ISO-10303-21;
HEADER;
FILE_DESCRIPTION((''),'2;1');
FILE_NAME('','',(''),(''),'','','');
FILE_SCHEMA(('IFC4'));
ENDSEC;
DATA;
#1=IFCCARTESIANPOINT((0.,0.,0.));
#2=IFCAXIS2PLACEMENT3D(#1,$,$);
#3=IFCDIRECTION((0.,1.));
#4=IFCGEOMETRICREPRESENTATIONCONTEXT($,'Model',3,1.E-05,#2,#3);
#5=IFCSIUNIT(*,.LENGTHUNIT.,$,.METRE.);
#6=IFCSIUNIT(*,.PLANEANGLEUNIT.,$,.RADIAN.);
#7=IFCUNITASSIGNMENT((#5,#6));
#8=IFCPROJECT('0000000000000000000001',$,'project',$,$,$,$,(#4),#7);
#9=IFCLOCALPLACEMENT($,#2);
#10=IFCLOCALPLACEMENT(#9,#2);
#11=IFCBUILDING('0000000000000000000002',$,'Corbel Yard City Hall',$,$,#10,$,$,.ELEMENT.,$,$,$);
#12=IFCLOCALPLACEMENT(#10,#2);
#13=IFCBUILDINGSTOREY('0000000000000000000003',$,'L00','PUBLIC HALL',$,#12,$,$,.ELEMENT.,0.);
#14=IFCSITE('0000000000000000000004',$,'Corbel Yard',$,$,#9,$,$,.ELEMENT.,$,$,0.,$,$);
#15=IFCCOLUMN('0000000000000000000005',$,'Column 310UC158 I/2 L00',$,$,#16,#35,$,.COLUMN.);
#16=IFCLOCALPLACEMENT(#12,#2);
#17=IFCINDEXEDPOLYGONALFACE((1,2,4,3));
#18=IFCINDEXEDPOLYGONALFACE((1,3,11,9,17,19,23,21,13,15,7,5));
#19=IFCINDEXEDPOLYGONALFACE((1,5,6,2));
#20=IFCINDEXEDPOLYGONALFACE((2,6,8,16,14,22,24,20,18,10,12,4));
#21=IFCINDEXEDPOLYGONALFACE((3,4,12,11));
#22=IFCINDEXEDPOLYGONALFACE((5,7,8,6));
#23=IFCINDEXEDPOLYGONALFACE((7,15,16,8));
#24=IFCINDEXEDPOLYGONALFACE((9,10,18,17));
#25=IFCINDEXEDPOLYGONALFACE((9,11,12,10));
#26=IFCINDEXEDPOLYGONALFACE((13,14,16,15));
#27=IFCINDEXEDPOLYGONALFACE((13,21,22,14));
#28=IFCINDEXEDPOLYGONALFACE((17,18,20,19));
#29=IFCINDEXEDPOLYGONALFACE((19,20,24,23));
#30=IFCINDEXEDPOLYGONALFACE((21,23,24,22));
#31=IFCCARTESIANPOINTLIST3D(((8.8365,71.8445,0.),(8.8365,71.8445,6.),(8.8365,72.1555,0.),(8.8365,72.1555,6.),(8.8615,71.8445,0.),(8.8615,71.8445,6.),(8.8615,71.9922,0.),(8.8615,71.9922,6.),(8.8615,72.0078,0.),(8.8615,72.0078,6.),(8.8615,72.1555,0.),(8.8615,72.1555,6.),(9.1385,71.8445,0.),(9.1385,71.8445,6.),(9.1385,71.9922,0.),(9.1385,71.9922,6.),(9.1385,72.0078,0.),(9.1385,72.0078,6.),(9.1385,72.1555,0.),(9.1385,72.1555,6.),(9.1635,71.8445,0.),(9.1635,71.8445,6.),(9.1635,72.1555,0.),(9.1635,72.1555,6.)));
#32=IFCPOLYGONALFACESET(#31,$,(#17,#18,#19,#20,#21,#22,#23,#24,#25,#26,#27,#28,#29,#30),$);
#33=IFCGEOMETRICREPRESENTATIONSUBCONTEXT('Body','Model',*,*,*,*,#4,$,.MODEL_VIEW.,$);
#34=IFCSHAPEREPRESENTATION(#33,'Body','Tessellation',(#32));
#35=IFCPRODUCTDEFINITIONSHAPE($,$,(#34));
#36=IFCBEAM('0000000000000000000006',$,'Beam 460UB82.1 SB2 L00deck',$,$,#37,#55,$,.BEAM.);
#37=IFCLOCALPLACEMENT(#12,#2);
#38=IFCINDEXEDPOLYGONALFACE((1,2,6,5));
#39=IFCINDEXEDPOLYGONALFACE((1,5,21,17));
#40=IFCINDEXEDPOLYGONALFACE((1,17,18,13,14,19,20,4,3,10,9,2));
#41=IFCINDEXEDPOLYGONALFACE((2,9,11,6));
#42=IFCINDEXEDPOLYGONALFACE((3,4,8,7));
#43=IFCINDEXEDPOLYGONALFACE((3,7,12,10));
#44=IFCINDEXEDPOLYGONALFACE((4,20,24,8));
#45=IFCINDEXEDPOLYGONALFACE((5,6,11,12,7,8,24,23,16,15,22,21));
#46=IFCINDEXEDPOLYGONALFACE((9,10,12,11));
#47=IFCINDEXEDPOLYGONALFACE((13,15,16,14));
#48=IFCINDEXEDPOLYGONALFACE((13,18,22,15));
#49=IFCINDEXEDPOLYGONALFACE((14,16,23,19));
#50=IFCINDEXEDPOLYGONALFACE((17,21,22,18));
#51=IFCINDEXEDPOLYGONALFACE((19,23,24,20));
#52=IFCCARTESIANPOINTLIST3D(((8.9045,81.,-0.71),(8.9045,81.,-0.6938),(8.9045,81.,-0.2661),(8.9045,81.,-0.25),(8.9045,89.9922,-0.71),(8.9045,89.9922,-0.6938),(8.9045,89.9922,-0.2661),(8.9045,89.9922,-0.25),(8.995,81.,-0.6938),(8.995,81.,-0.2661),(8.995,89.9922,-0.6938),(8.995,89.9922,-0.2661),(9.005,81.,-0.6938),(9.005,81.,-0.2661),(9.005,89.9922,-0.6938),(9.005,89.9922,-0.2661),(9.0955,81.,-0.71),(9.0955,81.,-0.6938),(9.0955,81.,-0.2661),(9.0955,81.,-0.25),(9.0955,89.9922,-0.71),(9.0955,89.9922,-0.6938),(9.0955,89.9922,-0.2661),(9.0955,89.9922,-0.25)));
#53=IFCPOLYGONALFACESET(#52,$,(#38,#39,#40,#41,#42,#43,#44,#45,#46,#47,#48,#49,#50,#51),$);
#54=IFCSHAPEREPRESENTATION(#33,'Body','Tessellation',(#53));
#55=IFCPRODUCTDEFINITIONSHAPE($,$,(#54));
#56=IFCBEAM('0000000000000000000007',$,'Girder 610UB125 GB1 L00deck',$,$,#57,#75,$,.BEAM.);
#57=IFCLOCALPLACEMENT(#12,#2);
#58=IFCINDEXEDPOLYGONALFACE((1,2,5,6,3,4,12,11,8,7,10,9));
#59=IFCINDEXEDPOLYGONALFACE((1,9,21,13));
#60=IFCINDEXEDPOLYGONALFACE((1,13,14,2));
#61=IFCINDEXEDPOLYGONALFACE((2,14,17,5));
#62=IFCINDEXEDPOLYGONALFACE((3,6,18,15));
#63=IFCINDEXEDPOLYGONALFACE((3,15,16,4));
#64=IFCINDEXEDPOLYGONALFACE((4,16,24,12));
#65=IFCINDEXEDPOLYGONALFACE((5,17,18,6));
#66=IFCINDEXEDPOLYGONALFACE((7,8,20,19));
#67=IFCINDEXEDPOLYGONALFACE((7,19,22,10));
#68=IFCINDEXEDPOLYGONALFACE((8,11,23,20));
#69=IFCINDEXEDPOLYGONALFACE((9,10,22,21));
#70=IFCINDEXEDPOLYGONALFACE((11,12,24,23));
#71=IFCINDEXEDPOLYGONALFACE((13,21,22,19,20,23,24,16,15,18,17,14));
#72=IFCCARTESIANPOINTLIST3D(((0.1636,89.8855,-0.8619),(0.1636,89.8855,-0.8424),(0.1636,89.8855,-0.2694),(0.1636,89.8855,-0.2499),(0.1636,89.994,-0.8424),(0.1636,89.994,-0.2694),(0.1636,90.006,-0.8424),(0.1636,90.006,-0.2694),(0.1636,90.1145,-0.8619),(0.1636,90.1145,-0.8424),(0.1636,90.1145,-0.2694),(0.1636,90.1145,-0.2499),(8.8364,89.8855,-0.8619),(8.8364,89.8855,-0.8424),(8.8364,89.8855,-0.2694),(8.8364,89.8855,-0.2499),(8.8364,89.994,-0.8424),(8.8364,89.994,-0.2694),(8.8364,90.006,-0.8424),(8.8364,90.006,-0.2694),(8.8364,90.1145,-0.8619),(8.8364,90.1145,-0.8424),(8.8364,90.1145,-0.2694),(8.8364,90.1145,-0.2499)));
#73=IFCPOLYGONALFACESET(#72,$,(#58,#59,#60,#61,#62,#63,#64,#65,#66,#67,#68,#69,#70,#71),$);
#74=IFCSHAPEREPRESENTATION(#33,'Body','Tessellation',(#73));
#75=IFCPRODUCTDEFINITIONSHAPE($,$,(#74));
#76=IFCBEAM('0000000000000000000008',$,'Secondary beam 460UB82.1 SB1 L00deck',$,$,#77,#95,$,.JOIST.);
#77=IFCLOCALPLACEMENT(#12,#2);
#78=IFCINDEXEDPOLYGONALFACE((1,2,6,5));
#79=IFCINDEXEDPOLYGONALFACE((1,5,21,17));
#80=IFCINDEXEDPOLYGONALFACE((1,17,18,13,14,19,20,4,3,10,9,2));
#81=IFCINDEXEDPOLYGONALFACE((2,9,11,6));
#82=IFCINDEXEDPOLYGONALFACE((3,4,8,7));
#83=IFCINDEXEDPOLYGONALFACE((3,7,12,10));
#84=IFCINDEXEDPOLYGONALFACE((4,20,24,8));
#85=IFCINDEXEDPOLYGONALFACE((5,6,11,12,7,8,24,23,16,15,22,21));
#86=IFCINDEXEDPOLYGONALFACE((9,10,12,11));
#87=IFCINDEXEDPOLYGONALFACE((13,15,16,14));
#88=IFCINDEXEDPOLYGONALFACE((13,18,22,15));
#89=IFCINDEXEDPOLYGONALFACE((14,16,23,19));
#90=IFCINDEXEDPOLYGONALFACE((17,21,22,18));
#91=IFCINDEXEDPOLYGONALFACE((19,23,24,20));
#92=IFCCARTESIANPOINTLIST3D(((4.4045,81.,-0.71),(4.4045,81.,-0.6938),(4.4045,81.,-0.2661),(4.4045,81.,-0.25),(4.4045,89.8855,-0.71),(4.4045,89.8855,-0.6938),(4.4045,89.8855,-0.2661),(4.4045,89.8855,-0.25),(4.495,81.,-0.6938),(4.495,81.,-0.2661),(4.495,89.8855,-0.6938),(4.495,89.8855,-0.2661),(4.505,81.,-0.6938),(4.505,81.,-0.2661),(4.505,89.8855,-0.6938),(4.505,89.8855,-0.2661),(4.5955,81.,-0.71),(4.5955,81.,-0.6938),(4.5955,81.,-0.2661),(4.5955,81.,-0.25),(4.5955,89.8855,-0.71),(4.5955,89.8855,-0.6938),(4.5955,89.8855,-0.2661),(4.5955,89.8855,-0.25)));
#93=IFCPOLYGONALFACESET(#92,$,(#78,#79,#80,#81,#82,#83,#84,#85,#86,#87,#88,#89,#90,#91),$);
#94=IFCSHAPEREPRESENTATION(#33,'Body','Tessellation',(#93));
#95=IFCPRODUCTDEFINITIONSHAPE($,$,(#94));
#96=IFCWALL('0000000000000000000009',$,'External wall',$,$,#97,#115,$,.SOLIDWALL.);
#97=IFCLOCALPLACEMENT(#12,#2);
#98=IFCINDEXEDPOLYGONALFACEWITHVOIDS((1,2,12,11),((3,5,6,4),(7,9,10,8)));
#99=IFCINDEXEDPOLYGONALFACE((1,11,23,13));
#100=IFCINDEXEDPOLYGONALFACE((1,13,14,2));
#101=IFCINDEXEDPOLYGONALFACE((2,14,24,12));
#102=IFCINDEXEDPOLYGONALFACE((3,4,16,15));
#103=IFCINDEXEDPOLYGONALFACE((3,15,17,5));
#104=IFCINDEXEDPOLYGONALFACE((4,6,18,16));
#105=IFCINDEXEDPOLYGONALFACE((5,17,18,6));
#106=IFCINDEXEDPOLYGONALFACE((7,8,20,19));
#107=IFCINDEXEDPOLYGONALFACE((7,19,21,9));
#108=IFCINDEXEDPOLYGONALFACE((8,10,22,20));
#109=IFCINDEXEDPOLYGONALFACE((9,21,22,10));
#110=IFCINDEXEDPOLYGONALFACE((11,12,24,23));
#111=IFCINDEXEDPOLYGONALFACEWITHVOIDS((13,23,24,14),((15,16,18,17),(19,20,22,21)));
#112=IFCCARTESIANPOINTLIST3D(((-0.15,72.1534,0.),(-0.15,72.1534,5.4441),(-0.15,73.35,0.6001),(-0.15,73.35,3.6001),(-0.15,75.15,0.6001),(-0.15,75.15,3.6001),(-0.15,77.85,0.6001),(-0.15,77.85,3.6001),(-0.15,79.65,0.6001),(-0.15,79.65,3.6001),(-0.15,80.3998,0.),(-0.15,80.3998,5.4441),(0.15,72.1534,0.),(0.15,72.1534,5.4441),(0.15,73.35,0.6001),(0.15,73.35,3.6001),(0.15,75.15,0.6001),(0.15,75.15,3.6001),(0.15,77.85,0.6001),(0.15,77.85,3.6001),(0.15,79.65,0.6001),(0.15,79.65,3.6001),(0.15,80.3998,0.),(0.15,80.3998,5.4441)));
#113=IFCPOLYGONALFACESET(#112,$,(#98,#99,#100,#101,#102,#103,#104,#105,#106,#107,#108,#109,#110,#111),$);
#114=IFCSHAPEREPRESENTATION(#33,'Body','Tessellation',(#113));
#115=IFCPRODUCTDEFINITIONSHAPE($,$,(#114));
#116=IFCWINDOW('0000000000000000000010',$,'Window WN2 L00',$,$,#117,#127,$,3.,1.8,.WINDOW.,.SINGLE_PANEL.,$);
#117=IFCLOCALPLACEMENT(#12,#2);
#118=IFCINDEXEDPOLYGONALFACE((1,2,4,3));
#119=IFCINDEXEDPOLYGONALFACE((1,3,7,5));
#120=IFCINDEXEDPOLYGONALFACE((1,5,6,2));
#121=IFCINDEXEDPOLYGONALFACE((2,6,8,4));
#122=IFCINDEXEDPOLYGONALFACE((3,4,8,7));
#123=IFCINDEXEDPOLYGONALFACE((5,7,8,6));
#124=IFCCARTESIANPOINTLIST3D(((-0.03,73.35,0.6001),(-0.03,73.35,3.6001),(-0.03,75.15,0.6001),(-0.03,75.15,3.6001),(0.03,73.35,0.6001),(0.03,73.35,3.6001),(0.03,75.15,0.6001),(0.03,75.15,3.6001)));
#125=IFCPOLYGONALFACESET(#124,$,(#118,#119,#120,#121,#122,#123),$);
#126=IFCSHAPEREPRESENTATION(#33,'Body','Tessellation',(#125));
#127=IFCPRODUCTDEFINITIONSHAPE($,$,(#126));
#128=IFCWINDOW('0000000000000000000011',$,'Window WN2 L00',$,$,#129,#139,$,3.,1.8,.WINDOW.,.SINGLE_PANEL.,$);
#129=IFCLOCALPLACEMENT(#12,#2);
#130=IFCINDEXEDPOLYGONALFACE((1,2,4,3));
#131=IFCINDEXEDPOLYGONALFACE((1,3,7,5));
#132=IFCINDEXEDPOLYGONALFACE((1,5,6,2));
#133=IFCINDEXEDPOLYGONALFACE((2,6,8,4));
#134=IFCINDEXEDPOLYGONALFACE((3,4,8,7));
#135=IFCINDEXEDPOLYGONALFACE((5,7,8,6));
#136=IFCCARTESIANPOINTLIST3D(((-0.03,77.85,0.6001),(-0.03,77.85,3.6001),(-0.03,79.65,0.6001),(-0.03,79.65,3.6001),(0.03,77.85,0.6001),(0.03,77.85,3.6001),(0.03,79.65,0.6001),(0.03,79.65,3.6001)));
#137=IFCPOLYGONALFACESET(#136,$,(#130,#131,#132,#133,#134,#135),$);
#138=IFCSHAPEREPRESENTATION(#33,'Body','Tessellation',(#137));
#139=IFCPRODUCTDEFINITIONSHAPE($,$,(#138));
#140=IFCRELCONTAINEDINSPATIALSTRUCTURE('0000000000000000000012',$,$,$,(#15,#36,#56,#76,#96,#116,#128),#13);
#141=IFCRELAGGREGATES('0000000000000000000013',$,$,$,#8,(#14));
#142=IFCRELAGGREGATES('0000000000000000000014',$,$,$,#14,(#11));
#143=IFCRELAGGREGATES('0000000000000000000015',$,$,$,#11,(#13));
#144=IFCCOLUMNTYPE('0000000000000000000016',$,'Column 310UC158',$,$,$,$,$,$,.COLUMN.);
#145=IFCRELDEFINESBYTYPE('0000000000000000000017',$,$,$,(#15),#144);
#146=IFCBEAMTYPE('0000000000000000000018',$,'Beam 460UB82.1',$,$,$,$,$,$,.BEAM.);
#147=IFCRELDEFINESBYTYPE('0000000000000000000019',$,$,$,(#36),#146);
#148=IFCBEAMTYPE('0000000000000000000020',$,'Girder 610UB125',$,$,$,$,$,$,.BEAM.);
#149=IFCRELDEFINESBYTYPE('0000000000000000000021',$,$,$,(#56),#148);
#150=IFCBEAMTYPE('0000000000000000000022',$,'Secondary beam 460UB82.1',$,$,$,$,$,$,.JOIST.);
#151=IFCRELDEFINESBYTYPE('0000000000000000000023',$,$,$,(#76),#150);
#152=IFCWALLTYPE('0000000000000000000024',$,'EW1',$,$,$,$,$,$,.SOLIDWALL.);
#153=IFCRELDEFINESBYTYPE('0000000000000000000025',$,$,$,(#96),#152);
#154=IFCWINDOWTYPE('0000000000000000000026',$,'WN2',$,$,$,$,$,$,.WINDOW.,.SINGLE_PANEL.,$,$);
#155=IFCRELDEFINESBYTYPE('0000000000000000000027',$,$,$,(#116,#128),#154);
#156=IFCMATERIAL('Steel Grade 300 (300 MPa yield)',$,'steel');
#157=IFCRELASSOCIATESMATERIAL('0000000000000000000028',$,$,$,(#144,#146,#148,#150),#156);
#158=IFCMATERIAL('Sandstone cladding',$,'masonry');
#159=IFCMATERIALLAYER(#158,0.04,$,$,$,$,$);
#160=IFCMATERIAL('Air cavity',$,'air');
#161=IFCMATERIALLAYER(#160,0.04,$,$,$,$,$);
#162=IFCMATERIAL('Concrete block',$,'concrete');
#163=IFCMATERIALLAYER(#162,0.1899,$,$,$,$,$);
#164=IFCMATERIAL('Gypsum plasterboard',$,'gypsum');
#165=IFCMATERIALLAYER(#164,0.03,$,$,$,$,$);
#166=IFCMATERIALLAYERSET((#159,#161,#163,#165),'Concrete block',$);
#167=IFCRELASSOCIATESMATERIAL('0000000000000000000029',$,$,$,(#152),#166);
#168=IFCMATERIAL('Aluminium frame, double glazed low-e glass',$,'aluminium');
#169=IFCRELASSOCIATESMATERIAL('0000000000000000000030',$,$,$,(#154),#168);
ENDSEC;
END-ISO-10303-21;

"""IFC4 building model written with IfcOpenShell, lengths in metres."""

from ifc_helpers import new_model, si_unit, direction, frame, frame_2d, origin, origin_2d, place, context, subcontext, project, spatial, rectangle, i_section, extrude, material, layer, layer_set, material_profile, profile_set, type_object, element, fill, save


model = new_model("IFC4")

# Units and contexts
model_context = context("Model", 3, precision=1e-05, world=origin(), true_north=direction((0.0, 1.0)))
body_context = subcontext(model_context, "Body", "Model", "MODEL_VIEW")
ifc_project = project(units=[si_unit("LENGTHUNIT", "METRE"), si_unit("PLANEANGLEUNIT", "RADIAN")], contexts=[model_context])

# Site, building, storey
site_placement = place(None, origin())
site = spatial("IfcSite", under=ifc_project, at=site_placement, Name="Corbel Yard", CompositionType="ELEMENT", RefElevation=0.0)
building_placement = place(site_placement, origin())
building = spatial("IfcBuilding", under=site, at=building_placement, Name="Corbel Yard City Hall", CompositionType="ELEMENT")
storey_placement = place(building_placement, origin())
storey = spatial("IfcBuildingStorey", under=building, at=storey_placement, Name="L00", Description="PUBLIC HALL", CompositionType="ELEMENT", Elevation=0.0)

# Column
ifc_material_1 = material(Name="Steel Grade 300 (300 MPa yield)", Category="steel")
ifc_material_profile_1 = material_profile(ifc_material_1, i_section(OverallWidth=0.311, OverallDepth=0.3269, WebThickness=0.0156, FlangeThickness=0.0249, at=origin_2d()), Name="310UC158")
ifc_profile_set_1 = profile_set([ifc_material_profile_1], Name="Steel Grade 300 (300 MPa yield)")
column_type_1 = type_object("IfcColumnType", Name="Column 310UC158", PredefinedType="COLUMN", material=ifc_profile_set_1)
column_placement = place(storey_placement, frame((9.0, 72.0, 0.0), z_axis=(0.0, 0.0, 1.0), x_axis=(0.0, 1.0, 0.0)))
element("IfcColumn", 1, at=column_placement, inside=storey, type_object=column_type_1, Name="Column 310UC158 I/2 L00", PredefinedType="COLUMN", context=body_context, shape_type="SweptSolid", body=[
    extrude(i_section(OverallWidth=0.311, OverallDepth=0.3269, WebThickness=0.0156, FlangeThickness=0.0249, at=origin_2d()), origin(), (0.0, 0.0, 1.0), 6.0),
])

# Beams
ifc_material_profile_2 = material_profile(ifc_material_1, i_section(OverallWidth=0.1909, OverallDepth=0.46, WebThickness=0.01, FlangeThickness=0.0161, at=origin_2d()), Name="460UB82.1")
ifc_profile_set_2 = profile_set([ifc_material_profile_2], Name="Steel Grade 300 (300 MPa yield)")
beam_type_1 = type_object("IfcBeamType", Name="Beam 460UB82.1", PredefinedType="BEAM", material=ifc_profile_set_2)
beam_1_placement = place(storey_placement, frame((9.0, 81.0, -0.48), z_axis=(0.0, 1.0, 0.0), x_axis=(-1.0, 0.0, 0.0)))
element("IfcBeam", 2, at=beam_1_placement, inside=storey, type_object=beam_type_1, Name="Beam 460UB82.1 SB2 L00deck", PredefinedType="BEAM", context=body_context, shape_type="SweptSolid", body=[
    extrude(i_section(OverallWidth=0.1909, OverallDepth=0.46, WebThickness=0.01, FlangeThickness=0.0161, at=origin_2d()), origin(), (0.0, 0.0, 1.0), 8.9922),
])
ifc_material_profile_3 = material_profile(ifc_material_1, i_section(OverallWidth=0.229, OverallDepth=0.6121, WebThickness=0.012, FlangeThickness=0.0195, at=origin_2d()), Name="610UB125")
ifc_profile_set_3 = profile_set([ifc_material_profile_3], Name="Steel Grade 300 (300 MPa yield)")
beam_type_2 = type_object("IfcBeamType", Name="Girder 610UB125", PredefinedType="BEAM", material=ifc_profile_set_3)
beam_2_placement = place(storey_placement, frame((0.1636, 90.0, -0.5559), z_axis=(1.0, 0.0, 0.0), x_axis=(0.0, 1.0, 0.0)))
element("IfcBeam", 3, at=beam_2_placement, inside=storey, type_object=beam_type_2, Name="Girder 610UB125 GB1 L00deck", PredefinedType="BEAM", context=body_context, shape_type="SweptSolid", body=[
    extrude(i_section(OverallWidth=0.229, OverallDepth=0.6121, WebThickness=0.012, FlangeThickness=0.0195, at=origin_2d()), origin(), (0.0, 0.0, 1.0), 8.6729),
])
ifc_material_profile_4 = material_profile(ifc_material_1, i_section(OverallWidth=0.1909, OverallDepth=0.46, WebThickness=0.01, FlangeThickness=0.0161, at=origin_2d()), Name="460UB82.1")
ifc_profile_set_4 = profile_set([ifc_material_profile_4], Name="Steel Grade 300 (300 MPa yield)")
beam_type_3 = type_object("IfcBeamType", Name="Secondary beam 460UB82.1", PredefinedType="JOIST", material=ifc_profile_set_4)
beam_3_placement = place(storey_placement, frame((4.5, 81.0, -0.48), z_axis=(0.0, 1.0, 0.0), x_axis=(-1.0, 0.0, 0.0)))
element("IfcBeam", 4, at=beam_3_placement, inside=storey, type_object=beam_type_3, Name="Secondary beam 460UB82.1 SB1 L00deck", PredefinedType="JOIST", context=body_context, shape_type="SweptSolid", body=[
    extrude(i_section(OverallWidth=0.1909, OverallDepth=0.46, WebThickness=0.01, FlangeThickness=0.0161, at=origin_2d()), origin(), (0.0, 0.0, 1.0), 8.8855),
])

# Wall, openings, windows
ifc_material_2 = material(Name="Sandstone cladding", Category="masonry")
ifc_layer_1 = layer(ifc_material_2, 0.04)
ifc_material_3 = material(Name="Air cavity", Category="air")
ifc_layer_2 = layer(ifc_material_3, 0.04)
ifc_material_4 = material(Name="Concrete block", Category="concrete")
ifc_layer_3 = layer(ifc_material_4, 0.1899)
ifc_material_5 = material(Name="Gypsum plasterboard", Category="gypsum")
ifc_layer_4 = layer(ifc_material_5, 0.03)
ifc_layer_set_1 = layer_set([ifc_layer_1, ifc_layer_2, ifc_layer_3, ifc_layer_4], Name="Concrete block")
wall_type_1 = type_object("IfcWallType", Name="EW1", PredefinedType="SOLIDWALL", material=ifc_layer_set_1)
wall_1_placement = place(storey_placement, frame((0.0, 72.1536, 0.0), z_axis=(0.0, 0.0, 1.0), x_axis=(0.0, 1.0, 0.0)))
wall_1 = element("IfcWall", 5, at=wall_1_placement, inside=storey, type_object=wall_type_1, Name="External wall", PredefinedType="SOLIDWALL", context=body_context, shape_type="SweptSolid", body=[
    extrude(rectangle(XDim=8.2463, YDim=0.3, at=frame_2d((4.123, 0.0))), origin(), (0.0, 0.0, 1.0), 5.4441),
])
opening_1_placement = place(wall_1_placement, frame((1.1965, 0.0, 0.6001)))
opening_1 = element("IfcOpeningElement", 6, at=opening_1_placement, cuts=wall_1, PredefinedType="OPENING", context=body_context, shape_type="SweptSolid", body=[
    extrude(rectangle(XDim=1.8, YDim=3.0, at=frame_2d((0.8999, 1.5))), frame((0.0, 0.1599, 0.0), z_axis=(0.0, -1.0, 0.0), x_axis=(1.0, 0.0, 0.0)), (0.0, 0.0, 1.0), 0.3201),
])
opening_2_placement = place(wall_1_placement, frame((5.6965, 0.0, 0.6001)))
opening_2 = element("IfcOpeningElement", 7, at=opening_2_placement, cuts=wall_1, PredefinedType="OPENING", context=body_context, shape_type="SweptSolid", body=[
    extrude(rectangle(XDim=1.8, YDim=3.0, at=frame_2d((0.8999, 1.5))), frame((0.0, 0.1599, 0.0), z_axis=(0.0, -1.0, 0.0), x_axis=(1.0, 0.0, 0.0)), (0.0, 0.0, 1.0), 0.3201),
])
ifc_material_6 = material(Name="Aluminium frame, double glazed low-e glass", Category="aluminium")
window_type = type_object("IfcWindowType", Name="WN2", PartitioningType="SINGLE_PANEL", PredefinedType="WINDOW", material=ifc_material_6)
window_1_placement = place(opening_1_placement, origin())
window_1 = element("IfcWindow", 8, at=window_1_placement, inside=storey, type_object=window_type, Name="Window WN2 L00", OverallHeight=3.0, OverallWidth=1.8, PartitioningType="SINGLE_PANEL", PredefinedType="WINDOW", context=body_context, shape_type="SweptSolid", body=[
    extrude(rectangle(XDim=1.8, YDim=3.0, at=frame_2d((0.8999, 1.5))), frame((0.0, 0.03, 0.0), z_axis=(0.0, -1.0, 0.0), x_axis=(1.0, 0.0, 0.0)), (0.0, 0.0, 1.0), 0.0601),
])
fill(opening_1, window_1)
window_2_placement = place(opening_2_placement, origin())
window_2 = element("IfcWindow", 9, at=window_2_placement, inside=storey, type_object=window_type, Name="Window WN2 L00", OverallHeight=3.0, OverallWidth=1.8, PartitioningType="SINGLE_PANEL", PredefinedType="WINDOW", context=body_context, shape_type="SweptSolid", body=[
    extrude(rectangle(XDim=1.8, YDim=3.0, at=frame_2d((0.8999, 1.5))), frame((0.0, 0.03, 0.0), z_axis=(0.0, -1.0, 0.0), x_axis=(1.0, 0.0, 0.0)), (0.0, 0.0, 1.0), 0.0601),
])
fill(opening_2, window_2)

save(model, "model.ifc")
